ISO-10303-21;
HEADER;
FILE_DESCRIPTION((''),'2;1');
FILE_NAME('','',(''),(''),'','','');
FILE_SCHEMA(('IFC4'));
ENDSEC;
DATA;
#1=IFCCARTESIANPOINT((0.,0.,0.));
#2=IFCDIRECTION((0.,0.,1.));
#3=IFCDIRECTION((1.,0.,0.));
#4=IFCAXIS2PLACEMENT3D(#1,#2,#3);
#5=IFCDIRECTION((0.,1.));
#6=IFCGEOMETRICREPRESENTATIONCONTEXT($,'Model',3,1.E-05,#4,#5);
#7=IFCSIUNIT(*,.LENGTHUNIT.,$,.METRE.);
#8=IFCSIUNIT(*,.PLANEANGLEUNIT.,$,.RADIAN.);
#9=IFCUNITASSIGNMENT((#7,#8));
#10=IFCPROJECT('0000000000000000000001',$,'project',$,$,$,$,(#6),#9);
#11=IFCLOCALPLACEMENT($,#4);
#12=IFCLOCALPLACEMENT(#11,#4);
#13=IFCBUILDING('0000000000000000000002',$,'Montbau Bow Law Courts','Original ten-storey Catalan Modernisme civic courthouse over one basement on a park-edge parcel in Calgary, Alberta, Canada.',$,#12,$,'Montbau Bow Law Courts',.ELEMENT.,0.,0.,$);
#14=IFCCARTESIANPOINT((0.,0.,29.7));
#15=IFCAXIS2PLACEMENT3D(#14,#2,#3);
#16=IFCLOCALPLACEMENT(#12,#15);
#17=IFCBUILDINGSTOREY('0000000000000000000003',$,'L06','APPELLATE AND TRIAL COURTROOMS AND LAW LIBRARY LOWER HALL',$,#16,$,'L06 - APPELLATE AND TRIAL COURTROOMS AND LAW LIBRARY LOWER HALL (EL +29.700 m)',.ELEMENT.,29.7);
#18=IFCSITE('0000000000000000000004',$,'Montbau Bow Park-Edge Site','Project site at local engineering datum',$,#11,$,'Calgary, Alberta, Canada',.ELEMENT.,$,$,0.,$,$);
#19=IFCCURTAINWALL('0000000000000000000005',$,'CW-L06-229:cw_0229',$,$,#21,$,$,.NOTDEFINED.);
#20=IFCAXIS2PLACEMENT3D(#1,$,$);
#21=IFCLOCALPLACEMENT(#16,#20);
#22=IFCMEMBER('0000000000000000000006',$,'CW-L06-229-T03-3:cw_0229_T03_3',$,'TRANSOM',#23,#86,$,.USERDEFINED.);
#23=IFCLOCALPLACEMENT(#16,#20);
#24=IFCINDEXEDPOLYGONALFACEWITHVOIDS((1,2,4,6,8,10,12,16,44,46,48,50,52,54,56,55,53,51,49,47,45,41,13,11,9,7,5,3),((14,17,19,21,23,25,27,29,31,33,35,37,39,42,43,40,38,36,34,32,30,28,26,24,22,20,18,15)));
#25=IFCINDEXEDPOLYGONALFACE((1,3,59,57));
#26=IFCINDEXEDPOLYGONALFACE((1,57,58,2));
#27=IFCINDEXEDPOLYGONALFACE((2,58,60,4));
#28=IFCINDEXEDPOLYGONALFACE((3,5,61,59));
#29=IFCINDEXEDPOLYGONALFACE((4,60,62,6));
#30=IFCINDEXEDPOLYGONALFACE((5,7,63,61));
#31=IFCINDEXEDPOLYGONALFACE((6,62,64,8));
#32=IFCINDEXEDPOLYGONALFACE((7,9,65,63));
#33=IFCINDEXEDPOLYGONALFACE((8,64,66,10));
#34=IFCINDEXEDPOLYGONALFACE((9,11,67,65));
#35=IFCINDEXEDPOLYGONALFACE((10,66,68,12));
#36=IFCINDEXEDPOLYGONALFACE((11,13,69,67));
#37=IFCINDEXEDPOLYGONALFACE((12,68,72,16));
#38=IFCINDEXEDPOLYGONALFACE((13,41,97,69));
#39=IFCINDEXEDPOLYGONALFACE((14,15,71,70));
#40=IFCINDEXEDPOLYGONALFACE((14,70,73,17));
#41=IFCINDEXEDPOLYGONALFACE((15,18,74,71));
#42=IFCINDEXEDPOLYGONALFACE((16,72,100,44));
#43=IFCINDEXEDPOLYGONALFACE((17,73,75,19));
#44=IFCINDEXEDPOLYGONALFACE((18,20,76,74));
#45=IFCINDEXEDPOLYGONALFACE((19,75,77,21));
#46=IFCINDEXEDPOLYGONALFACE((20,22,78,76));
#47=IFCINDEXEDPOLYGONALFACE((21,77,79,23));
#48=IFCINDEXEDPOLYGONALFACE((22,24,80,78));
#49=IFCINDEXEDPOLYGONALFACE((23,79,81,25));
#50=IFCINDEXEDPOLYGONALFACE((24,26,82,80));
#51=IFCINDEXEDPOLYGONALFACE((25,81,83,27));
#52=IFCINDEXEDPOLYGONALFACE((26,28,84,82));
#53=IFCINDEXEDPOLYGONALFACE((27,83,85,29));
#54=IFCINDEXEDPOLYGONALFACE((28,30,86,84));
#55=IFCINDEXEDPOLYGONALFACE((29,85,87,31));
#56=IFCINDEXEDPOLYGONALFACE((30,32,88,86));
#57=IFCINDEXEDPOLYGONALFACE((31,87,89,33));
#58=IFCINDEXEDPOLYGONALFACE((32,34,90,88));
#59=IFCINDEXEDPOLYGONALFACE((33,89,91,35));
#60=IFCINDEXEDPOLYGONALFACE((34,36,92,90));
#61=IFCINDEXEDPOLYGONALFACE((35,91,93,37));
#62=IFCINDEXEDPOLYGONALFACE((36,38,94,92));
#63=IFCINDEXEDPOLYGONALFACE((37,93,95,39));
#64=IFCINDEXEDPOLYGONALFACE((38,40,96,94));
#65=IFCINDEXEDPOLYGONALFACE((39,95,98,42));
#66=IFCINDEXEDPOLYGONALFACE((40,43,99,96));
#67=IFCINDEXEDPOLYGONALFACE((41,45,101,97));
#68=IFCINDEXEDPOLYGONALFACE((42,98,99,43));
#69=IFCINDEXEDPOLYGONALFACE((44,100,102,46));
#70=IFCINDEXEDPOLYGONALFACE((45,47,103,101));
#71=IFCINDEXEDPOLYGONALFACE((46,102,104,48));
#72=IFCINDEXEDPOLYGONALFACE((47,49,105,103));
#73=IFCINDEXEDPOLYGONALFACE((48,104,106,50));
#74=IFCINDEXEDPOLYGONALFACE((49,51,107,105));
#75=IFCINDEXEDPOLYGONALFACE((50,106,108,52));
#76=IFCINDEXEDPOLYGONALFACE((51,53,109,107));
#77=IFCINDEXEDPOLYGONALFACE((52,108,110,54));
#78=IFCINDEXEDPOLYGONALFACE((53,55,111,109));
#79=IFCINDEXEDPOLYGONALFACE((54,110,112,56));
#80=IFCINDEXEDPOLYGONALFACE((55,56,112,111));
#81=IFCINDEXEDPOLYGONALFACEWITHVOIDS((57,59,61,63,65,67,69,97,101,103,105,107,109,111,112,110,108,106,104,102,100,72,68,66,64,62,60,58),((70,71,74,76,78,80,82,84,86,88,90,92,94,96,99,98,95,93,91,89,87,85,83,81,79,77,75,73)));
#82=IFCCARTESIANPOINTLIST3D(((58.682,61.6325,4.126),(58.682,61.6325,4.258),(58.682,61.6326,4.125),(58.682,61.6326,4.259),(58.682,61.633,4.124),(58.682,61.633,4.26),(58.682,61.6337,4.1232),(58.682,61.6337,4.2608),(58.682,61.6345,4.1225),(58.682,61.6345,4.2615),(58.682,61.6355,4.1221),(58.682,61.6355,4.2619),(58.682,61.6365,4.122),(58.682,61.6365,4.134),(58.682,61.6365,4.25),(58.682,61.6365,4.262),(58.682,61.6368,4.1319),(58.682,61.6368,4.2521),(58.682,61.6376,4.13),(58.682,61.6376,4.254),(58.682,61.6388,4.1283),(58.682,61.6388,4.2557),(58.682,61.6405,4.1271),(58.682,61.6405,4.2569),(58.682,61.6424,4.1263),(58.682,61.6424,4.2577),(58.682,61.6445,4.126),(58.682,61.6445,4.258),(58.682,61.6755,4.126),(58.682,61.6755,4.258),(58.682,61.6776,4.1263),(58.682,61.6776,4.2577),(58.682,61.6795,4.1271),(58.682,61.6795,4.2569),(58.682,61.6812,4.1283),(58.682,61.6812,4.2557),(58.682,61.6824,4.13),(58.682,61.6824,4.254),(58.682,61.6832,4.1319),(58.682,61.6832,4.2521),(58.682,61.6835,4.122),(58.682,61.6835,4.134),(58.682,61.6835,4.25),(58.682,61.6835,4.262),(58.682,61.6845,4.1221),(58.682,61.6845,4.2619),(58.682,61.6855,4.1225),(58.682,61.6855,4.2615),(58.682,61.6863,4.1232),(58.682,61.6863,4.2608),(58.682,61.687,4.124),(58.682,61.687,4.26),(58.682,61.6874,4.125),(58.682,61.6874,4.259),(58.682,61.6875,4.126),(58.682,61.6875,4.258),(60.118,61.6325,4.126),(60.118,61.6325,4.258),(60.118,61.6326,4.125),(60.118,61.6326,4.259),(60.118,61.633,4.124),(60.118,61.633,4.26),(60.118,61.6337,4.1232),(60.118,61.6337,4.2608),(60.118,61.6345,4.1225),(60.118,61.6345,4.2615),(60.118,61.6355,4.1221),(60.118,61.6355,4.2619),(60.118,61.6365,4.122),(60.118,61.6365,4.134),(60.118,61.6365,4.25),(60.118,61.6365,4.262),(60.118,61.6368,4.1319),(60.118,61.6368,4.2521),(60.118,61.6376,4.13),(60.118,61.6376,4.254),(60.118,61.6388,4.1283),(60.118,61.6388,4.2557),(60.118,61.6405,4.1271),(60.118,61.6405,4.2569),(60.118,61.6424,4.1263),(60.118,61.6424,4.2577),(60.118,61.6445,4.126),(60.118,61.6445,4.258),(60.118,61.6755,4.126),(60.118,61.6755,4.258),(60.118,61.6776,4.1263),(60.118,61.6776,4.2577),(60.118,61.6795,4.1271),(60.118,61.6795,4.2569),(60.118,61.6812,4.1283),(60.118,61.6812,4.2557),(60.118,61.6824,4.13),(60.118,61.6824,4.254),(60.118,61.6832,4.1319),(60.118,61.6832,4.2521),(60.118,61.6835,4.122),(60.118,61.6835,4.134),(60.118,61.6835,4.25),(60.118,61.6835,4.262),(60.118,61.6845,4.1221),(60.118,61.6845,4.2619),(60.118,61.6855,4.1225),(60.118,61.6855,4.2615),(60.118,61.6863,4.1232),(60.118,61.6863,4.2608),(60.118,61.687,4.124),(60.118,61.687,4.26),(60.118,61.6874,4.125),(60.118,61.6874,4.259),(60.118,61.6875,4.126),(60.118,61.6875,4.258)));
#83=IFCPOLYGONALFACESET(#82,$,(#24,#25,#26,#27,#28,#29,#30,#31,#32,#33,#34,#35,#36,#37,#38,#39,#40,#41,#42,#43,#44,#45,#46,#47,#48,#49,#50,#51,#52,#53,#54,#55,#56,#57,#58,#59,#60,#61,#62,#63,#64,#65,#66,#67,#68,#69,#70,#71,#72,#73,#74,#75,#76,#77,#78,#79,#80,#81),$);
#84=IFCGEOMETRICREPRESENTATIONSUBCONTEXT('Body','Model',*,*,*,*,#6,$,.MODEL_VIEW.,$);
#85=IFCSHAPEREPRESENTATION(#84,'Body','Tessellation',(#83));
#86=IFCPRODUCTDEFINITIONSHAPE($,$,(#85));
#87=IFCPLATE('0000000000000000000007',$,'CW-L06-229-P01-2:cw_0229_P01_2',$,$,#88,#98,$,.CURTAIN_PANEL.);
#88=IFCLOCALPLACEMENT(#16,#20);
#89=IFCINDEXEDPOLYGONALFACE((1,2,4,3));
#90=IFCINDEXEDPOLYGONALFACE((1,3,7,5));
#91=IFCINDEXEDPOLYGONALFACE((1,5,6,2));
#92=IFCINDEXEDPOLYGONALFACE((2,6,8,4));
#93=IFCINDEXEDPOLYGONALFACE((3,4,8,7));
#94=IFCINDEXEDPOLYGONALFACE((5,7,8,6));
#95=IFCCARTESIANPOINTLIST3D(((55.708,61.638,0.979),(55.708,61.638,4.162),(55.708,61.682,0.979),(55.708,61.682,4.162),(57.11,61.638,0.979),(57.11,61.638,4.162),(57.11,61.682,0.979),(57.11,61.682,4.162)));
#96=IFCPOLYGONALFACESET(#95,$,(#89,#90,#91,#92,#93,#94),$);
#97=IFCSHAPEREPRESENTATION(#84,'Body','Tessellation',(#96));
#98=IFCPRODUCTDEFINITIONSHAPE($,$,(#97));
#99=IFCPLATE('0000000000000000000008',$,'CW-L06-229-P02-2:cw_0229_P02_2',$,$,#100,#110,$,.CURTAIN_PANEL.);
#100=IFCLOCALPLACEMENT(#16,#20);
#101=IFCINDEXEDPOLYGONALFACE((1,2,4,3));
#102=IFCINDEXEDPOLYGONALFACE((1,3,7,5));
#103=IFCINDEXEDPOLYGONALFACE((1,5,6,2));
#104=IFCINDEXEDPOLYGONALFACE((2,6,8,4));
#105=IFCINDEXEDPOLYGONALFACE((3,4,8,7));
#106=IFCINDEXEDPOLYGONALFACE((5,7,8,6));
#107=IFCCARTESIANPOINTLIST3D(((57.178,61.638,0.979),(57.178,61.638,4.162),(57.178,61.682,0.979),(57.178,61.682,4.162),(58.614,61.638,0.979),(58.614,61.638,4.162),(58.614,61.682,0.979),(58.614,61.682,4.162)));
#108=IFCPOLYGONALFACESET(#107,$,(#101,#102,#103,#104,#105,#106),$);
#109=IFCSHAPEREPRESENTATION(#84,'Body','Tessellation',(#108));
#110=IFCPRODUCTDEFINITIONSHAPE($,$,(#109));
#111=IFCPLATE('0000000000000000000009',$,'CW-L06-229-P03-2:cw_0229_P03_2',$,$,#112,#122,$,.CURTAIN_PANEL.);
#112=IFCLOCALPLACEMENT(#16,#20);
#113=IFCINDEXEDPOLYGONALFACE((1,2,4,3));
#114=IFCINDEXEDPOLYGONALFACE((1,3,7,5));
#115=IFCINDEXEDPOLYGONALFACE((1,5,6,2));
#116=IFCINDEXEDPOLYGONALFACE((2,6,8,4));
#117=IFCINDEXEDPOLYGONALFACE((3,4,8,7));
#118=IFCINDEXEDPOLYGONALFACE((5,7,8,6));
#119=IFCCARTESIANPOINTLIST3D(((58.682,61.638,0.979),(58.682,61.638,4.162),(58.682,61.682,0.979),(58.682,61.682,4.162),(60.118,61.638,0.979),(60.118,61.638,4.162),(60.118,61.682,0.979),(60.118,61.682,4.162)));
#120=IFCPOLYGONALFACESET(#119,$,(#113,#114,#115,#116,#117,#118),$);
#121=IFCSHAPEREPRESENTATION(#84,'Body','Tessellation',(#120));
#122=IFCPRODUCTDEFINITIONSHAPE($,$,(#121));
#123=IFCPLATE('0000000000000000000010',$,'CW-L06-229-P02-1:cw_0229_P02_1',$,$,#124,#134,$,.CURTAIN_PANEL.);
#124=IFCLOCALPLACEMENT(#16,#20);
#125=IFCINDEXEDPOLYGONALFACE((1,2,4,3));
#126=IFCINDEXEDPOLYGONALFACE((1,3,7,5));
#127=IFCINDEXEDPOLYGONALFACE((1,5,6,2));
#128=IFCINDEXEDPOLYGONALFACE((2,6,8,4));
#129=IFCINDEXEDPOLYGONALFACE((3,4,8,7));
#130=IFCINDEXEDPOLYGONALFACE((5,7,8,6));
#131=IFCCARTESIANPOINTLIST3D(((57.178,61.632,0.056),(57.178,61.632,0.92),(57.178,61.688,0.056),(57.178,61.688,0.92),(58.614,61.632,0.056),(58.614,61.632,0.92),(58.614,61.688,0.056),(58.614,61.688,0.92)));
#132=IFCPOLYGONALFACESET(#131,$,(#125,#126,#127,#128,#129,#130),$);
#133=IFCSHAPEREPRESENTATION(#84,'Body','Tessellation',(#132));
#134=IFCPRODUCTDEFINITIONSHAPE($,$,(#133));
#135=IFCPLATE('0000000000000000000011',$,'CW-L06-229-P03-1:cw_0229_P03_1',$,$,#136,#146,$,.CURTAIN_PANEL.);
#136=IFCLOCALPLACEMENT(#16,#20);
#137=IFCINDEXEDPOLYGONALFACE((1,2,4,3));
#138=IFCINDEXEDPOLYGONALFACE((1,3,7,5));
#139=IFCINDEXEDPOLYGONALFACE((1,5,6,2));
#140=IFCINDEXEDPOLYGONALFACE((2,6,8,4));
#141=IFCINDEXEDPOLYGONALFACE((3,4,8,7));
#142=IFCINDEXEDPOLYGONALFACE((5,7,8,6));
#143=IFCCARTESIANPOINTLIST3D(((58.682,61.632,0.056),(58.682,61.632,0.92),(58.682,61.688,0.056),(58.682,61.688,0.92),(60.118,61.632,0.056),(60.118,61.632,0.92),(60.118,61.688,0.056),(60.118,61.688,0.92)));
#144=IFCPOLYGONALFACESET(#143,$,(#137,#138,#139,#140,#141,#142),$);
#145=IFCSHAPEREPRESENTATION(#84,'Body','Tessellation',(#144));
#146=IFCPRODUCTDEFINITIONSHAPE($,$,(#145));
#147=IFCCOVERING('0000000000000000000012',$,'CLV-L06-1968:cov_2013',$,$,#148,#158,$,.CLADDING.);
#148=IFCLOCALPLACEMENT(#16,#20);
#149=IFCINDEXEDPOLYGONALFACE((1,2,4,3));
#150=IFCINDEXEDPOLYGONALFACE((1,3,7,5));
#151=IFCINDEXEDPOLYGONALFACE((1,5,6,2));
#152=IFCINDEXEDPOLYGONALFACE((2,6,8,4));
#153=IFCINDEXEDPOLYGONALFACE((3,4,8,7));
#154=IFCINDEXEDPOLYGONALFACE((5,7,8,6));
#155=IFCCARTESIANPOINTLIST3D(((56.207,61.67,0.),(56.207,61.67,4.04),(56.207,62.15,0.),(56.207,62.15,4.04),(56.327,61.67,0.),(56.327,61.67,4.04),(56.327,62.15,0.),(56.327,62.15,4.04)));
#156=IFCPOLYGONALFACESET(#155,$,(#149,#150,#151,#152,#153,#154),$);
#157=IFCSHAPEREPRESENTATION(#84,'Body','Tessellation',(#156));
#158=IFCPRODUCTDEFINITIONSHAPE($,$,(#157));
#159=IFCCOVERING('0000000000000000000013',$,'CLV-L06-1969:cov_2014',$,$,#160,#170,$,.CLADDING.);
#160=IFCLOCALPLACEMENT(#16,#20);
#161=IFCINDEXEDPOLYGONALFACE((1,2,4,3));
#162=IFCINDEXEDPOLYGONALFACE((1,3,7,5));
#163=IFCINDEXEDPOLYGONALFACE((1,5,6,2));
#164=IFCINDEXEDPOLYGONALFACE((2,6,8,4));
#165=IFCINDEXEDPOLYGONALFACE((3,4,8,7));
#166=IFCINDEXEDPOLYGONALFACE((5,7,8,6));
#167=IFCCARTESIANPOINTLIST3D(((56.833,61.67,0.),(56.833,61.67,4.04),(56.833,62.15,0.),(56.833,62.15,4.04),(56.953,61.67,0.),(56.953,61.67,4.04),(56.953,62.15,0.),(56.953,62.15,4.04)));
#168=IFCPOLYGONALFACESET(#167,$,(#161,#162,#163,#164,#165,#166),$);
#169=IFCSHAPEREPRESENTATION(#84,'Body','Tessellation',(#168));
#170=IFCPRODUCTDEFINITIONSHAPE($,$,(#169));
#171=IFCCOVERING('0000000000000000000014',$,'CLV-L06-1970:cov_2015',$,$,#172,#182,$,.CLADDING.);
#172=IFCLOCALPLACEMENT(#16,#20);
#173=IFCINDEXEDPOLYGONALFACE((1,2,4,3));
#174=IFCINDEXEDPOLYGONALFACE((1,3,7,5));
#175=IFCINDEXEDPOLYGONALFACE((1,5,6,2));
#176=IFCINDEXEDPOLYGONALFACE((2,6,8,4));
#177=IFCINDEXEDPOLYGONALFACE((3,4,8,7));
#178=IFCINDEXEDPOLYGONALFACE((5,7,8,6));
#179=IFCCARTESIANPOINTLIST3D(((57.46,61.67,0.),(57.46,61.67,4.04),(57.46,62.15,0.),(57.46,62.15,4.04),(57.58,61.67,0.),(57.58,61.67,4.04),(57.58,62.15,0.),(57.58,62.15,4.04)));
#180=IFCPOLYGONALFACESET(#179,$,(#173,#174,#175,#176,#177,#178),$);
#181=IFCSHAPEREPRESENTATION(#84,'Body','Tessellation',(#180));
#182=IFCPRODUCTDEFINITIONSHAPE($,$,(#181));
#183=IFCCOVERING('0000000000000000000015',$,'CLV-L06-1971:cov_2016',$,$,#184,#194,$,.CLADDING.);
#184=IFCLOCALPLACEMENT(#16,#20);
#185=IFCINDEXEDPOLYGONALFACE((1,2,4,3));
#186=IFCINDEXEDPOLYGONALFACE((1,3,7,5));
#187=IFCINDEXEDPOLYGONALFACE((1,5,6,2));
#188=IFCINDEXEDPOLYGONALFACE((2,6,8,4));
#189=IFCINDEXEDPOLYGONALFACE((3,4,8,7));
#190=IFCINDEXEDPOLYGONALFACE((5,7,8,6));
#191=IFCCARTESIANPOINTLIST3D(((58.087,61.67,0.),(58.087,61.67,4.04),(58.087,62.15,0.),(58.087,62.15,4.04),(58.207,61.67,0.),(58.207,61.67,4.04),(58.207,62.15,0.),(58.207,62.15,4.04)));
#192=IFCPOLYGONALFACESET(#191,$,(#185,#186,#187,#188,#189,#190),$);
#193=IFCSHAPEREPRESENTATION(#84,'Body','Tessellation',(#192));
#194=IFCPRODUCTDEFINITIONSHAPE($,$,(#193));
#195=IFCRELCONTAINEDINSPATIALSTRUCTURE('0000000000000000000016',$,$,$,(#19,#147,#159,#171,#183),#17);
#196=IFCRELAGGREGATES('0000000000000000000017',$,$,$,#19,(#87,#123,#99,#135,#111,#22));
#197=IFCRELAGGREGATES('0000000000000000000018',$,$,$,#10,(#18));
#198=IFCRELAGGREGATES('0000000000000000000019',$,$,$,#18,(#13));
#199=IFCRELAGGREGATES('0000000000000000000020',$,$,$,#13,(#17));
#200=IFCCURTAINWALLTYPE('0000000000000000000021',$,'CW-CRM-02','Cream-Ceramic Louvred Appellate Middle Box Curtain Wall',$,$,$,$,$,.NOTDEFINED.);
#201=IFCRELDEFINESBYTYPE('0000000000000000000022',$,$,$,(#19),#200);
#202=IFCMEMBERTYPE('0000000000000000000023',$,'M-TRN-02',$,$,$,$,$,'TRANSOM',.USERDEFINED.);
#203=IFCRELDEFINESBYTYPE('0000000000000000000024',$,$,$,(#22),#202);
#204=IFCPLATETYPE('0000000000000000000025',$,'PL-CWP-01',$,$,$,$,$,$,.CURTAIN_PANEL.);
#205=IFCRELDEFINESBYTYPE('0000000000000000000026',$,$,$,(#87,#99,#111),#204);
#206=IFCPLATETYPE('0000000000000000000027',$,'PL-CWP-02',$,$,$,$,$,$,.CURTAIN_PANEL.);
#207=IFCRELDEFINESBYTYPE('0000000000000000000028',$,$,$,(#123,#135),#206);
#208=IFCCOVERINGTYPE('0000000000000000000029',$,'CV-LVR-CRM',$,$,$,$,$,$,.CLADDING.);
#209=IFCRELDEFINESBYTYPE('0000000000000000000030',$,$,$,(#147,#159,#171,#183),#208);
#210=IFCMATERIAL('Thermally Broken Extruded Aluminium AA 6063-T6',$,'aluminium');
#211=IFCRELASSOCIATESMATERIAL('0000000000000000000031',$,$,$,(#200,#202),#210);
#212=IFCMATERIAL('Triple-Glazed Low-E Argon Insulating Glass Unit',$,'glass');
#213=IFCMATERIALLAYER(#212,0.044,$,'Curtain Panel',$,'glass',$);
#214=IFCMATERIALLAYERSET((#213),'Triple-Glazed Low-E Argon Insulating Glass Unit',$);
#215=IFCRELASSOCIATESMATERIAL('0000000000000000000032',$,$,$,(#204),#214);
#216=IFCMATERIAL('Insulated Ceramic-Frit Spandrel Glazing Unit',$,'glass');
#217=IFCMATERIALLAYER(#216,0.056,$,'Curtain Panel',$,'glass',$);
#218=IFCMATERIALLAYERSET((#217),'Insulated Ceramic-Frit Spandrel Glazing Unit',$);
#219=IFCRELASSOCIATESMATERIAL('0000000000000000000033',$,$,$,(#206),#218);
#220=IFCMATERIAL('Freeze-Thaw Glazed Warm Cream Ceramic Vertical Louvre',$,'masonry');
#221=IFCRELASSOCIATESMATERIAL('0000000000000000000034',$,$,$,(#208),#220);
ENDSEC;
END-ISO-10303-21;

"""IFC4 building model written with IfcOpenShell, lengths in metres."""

from ifc_helpers import new_model, si_unit, direction, frame, frame_2d, origin_with_axes, origin_2d_with_axis, place, context, subcontext, project, spatial, rectangle, hollow_rectangle, extrude, material, layer, layer_set, material_profile, profile_set, type_object, element, aggregate, save


model = new_model("IFC4")

# Units and contexts
model_context = context("Model", 3, precision=1e-05, world=origin_with_axes(), true_north=direction((0.0, 1.0)))
body_context = subcontext(model_context, "Body", "Model", "MODEL_VIEW")
ifc_project = project(units=[si_unit("LENGTHUNIT", "METRE"), si_unit("PLANEANGLEUNIT", "RADIAN")], contexts=[model_context])

# Site, building, storey
site_placement = place(None, origin_with_axes())
site = spatial("IfcSite", under=ifc_project, at=site_placement, Name="Montbau Bow Park-Edge Site", Description="Project site at local engineering datum", LongName="Calgary, Alberta, Canada", CompositionType="ELEMENT", RefElevation=0.0)
building_placement = place(site_placement, origin_with_axes())
building = spatial("IfcBuilding", under=site, at=building_placement, Name="Montbau Bow Law Courts", Description="Original ten-storey Catalan Modernisme civic courthouse over one basement on a park-edge parcel in Calgary, Alberta, Canada.", LongName="Montbau Bow Law Courts", CompositionType="ELEMENT", ElevationOfRefHeight=0.0, ElevationOfTerrain=0.0)
storey_placement = place(building_placement, frame((0.0, 0.0, 29.7), z_axis=(0.0, 0.0, 1.0), x_axis=(1.0, 0.0, 0.0)))
storey = spatial("IfcBuildingStorey", under=building, at=storey_placement, Name="L06", Description="APPELLATE AND TRIAL COURTROOMS AND LAW LIBRARY LOWER HALL", LongName="L06 - APPELLATE AND TRIAL COURTROOMS AND LAW LIBRARY LOWER HALL (EL +29.700 m)", CompositionType="ELEMENT", Elevation=29.7)

# Curtain wall, member, plates
ifc_material_1 = material(Name="Thermally Broken Extruded Aluminium AA 6063-T6", Category="aluminium")
curtain_wall_type = type_object("IfcCurtainWallType", Name="CW-CRM-02", Description="Cream-Ceramic Louvred Appellate Middle Box Curtain Wall", PredefinedType="NOTDEFINED", material=ifc_material_1)
curtain_wall_placement = place(None, frame((55.64, 61.66, 29.7), z_axis=(0.0, 0.0, 1.0), x_axis=(1.0, 0.0, 0.0)))
curtain_wall = element("IfcCurtainWall", 1, at=curtain_wall_placement, inside=storey, type_object=curtain_wall_type, Name="CW-L06-229:cw_0229", PredefinedType="NOTDEFINED")
ifc_material_profile_1 = material_profile(ifc_material_1, hollow_rectangle(XDim=0.055, YDim=0.14, WallThickness=0.004, InnerFilletRadius=0.008, OuterFilletRadius=0.004, at=origin_2d_with_axis()), Name="CWT-140X55", Category="Main", Priority=0)
ifc_profile_set_1 = profile_set([ifc_material_profile_1], Name="Thermally Broken Extruded Aluminium AA 6063-T6")
member_type_1 = type_object("IfcMemberType", Name="M-TRN-02", ElementType="TRANSOM", PredefinedType="USERDEFINED", material=ifc_profile_set_1)
member_1_placement = place(None, frame((58.682, 61.66, 33.892), z_axis=(1.0, 0.0, 0.0), x_axis=(0.0, 1.0, 0.0)))
member_1 = element("IfcMember", 2, at=member_1_placement, type_object=member_type_1, Name="CW-L06-229-T03-3:cw_0229_T03_3", ObjectType="TRANSOM", PredefinedType="USERDEFINED", context=body_context, shape_type="SweptSolid", body=[
    extrude(hollow_rectangle(XDim=0.055, YDim=0.14, WallThickness=0.004, InnerFilletRadius=0.008, OuterFilletRadius=0.004, at=origin_2d_with_axis()), origin_with_axes(), (0.0, 0.0, 1.0), 1.436),
])
ifc_material_2 = material(Name="Triple-Glazed Low-E Argon Insulating Glass Unit", Category="glass")
ifc_layer_1 = layer(ifc_material_2, 0.044, Name="Curtain Panel", Category="glass")
ifc_layer_set_1 = layer_set([ifc_layer_1], Name="Triple-Glazed Low-E Argon Insulating Glass Unit")
plate_type_1 = type_object("IfcPlateType", Name="PL-CWP-01", PredefinedType="CURTAIN_PANEL", material=ifc_layer_set_1)
plate_1_placement = place(None, frame((55.708, 61.66, 30.679), z_axis=(0.0, -1.0, 0.0), x_axis=(1.0, 0.0, 0.0)))
plate_1 = element("IfcPlate", 3, at=plate_1_placement, type_object=plate_type_1, Name="CW-L06-229-P01-2:cw_0229_P01_2", PredefinedType="CURTAIN_PANEL", context=body_context, shape_type="SweptSolid", body=[
    extrude(rectangle(XDim=1.402, YDim=3.183, at=frame_2d((0.701, 1.5915), x_axis=(1.0, 0.0))), frame((0.0, 0.0, -0.022), z_axis=(0.0, 0.0, 1.0), x_axis=(1.0, 0.0, 0.0)), (0.0, 0.0, 1.0), 0.044),
])
plate_2_placement = place(None, frame((57.178, 61.66, 30.679), z_axis=(0.0, -1.0, 0.0), x_axis=(1.0, 0.0, 0.0)))
plate_2 = element("IfcPlate", 4, at=plate_2_placement, type_object=plate_type_1, Name="CW-L06-229-P02-2:cw_0229_P02_2", PredefinedType="CURTAIN_PANEL", context=body_context, shape_type="SweptSolid", body=[
    extrude(rectangle(XDim=1.436, YDim=3.183, at=frame_2d((0.718, 1.5915), x_axis=(1.0, 0.0))), frame((0.0, 0.0, -0.022), z_axis=(0.0, 0.0, 1.0), x_axis=(1.0, 0.0, 0.0)), (0.0, 0.0, 1.0), 0.044),
])
plate_3_placement = place(None, frame((58.682, 61.66, 30.679), z_axis=(0.0, -1.0, 0.0), x_axis=(1.0, 0.0, 0.0)))
plate_3 = element("IfcPlate", 5, at=plate_3_placement, type_object=plate_type_1, Name="CW-L06-229-P03-2:cw_0229_P03_2", PredefinedType="CURTAIN_PANEL", context=body_context, shape_type="SweptSolid", body=[
    extrude(rectangle(XDim=1.436, YDim=3.183, at=frame_2d((0.718, 1.5915), x_axis=(1.0, 0.0))), frame((0.0, 0.0, -0.022), z_axis=(0.0, 0.0, 1.0), x_axis=(1.0, 0.0, 0.0)), (0.0, 0.0, 1.0), 0.044),
])
ifc_material_3 = material(Name="Insulated Ceramic-Frit Spandrel Glazing Unit", Category="glass")
ifc_layer_2 = layer(ifc_material_3, 0.056, Name="Curtain Panel", Category="glass")
ifc_layer_set_2 = layer_set([ifc_layer_2], Name="Insulated Ceramic-Frit Spandrel Glazing Unit")
plate_type_2 = type_object("IfcPlateType", Name="PL-CWP-02", PredefinedType="CURTAIN_PANEL", material=ifc_layer_set_2)
plate_4_placement = place(None, frame((57.178, 61.66, 29.756), z_axis=(0.0, -1.0, 0.0), x_axis=(1.0, 0.0, 0.0)))
plate_4 = element("IfcPlate", 6, at=plate_4_placement, type_object=plate_type_2, Name="CW-L06-229-P02-1:cw_0229_P02_1", PredefinedType="CURTAIN_PANEL", context=body_context, shape_type="SweptSolid", body=[
    extrude(rectangle(XDim=1.436, YDim=0.864, at=frame_2d((0.718, 0.432), x_axis=(1.0, 0.0))), frame((0.0, 0.0, -0.028), z_axis=(0.0, 0.0, 1.0), x_axis=(1.0, 0.0, 0.0)), (0.0, 0.0, 1.0), 0.056),
])
plate_5_placement = place(None, frame((58.682, 61.66, 29.756), z_axis=(0.0, -1.0, 0.0), x_axis=(1.0, 0.0, 0.0)))
plate_5 = element("IfcPlate", 7, at=plate_5_placement, type_object=plate_type_2, Name="CW-L06-229-P03-1:cw_0229_P03_1", PredefinedType="CURTAIN_PANEL", context=body_context, shape_type="SweptSolid", body=[
    extrude(rectangle(XDim=1.436, YDim=0.864, at=frame_2d((0.718, 0.432), x_axis=(1.0, 0.0))), frame((0.0, 0.0, -0.028), z_axis=(0.0, 0.0, 1.0), x_axis=(1.0, 0.0, 0.0)), (0.0, 0.0, 1.0), 0.056),
])
aggregate(curtain_wall, [plate_1, plate_4, plate_2, plate_5, plate_3, member_1])

# Coverings
ifc_material_4 = material(Name="Freeze-Thaw Glazed Warm Cream Ceramic Vertical Louvre", Category="masonry")
covering_type = type_object("IfcCoveringType", Name="CV-LVR-CRM", PredefinedType="CLADDING", material=ifc_material_4)
for number, where, z_axis, x_axis, name in (
    (8, (56.267, 61.67, 29.7), (1.0, 0.0, 0.0), (0.0, 1.0, 0.0), "CLV-L06-1968:cov_2013"),
    (9, (56.893, 61.67, 29.7), (1.0, 0.0, 0.0), (0.0, 1.0, 0.0), "CLV-L06-1969:cov_2014"),
    (10, (57.52, 61.67, 29.7), (1.0, 0.0, 0.0), (0.0, 1.0, 0.0), "CLV-L06-1970:cov_2015"),
    (11, (58.147, 61.67, 29.7), (1.0, 0.0, 0.0), (0.0, 1.0, 0.0), "CLV-L06-1971:cov_2016"),
):
    element("IfcCovering", number, at=place(None, frame(where, z_axis=z_axis, x_axis=x_axis)), inside=storey, type_object=covering_type, Name=name, PredefinedType="CLADDING", context=body_context, shape_type="SweptSolid", body=[
        extrude(rectangle(XDim=0.48, YDim=4.04, at=frame_2d((0.24, 2.02), x_axis=(1.0, 0.0))), frame((0.0, 0.0, -0.06), z_axis=(0.0, 0.0, 1.0), x_axis=(1.0, 0.0, 0.0)), (0.0, 0.0, 1.0), 0.12),
    ])

save(model, "model.ifc")
